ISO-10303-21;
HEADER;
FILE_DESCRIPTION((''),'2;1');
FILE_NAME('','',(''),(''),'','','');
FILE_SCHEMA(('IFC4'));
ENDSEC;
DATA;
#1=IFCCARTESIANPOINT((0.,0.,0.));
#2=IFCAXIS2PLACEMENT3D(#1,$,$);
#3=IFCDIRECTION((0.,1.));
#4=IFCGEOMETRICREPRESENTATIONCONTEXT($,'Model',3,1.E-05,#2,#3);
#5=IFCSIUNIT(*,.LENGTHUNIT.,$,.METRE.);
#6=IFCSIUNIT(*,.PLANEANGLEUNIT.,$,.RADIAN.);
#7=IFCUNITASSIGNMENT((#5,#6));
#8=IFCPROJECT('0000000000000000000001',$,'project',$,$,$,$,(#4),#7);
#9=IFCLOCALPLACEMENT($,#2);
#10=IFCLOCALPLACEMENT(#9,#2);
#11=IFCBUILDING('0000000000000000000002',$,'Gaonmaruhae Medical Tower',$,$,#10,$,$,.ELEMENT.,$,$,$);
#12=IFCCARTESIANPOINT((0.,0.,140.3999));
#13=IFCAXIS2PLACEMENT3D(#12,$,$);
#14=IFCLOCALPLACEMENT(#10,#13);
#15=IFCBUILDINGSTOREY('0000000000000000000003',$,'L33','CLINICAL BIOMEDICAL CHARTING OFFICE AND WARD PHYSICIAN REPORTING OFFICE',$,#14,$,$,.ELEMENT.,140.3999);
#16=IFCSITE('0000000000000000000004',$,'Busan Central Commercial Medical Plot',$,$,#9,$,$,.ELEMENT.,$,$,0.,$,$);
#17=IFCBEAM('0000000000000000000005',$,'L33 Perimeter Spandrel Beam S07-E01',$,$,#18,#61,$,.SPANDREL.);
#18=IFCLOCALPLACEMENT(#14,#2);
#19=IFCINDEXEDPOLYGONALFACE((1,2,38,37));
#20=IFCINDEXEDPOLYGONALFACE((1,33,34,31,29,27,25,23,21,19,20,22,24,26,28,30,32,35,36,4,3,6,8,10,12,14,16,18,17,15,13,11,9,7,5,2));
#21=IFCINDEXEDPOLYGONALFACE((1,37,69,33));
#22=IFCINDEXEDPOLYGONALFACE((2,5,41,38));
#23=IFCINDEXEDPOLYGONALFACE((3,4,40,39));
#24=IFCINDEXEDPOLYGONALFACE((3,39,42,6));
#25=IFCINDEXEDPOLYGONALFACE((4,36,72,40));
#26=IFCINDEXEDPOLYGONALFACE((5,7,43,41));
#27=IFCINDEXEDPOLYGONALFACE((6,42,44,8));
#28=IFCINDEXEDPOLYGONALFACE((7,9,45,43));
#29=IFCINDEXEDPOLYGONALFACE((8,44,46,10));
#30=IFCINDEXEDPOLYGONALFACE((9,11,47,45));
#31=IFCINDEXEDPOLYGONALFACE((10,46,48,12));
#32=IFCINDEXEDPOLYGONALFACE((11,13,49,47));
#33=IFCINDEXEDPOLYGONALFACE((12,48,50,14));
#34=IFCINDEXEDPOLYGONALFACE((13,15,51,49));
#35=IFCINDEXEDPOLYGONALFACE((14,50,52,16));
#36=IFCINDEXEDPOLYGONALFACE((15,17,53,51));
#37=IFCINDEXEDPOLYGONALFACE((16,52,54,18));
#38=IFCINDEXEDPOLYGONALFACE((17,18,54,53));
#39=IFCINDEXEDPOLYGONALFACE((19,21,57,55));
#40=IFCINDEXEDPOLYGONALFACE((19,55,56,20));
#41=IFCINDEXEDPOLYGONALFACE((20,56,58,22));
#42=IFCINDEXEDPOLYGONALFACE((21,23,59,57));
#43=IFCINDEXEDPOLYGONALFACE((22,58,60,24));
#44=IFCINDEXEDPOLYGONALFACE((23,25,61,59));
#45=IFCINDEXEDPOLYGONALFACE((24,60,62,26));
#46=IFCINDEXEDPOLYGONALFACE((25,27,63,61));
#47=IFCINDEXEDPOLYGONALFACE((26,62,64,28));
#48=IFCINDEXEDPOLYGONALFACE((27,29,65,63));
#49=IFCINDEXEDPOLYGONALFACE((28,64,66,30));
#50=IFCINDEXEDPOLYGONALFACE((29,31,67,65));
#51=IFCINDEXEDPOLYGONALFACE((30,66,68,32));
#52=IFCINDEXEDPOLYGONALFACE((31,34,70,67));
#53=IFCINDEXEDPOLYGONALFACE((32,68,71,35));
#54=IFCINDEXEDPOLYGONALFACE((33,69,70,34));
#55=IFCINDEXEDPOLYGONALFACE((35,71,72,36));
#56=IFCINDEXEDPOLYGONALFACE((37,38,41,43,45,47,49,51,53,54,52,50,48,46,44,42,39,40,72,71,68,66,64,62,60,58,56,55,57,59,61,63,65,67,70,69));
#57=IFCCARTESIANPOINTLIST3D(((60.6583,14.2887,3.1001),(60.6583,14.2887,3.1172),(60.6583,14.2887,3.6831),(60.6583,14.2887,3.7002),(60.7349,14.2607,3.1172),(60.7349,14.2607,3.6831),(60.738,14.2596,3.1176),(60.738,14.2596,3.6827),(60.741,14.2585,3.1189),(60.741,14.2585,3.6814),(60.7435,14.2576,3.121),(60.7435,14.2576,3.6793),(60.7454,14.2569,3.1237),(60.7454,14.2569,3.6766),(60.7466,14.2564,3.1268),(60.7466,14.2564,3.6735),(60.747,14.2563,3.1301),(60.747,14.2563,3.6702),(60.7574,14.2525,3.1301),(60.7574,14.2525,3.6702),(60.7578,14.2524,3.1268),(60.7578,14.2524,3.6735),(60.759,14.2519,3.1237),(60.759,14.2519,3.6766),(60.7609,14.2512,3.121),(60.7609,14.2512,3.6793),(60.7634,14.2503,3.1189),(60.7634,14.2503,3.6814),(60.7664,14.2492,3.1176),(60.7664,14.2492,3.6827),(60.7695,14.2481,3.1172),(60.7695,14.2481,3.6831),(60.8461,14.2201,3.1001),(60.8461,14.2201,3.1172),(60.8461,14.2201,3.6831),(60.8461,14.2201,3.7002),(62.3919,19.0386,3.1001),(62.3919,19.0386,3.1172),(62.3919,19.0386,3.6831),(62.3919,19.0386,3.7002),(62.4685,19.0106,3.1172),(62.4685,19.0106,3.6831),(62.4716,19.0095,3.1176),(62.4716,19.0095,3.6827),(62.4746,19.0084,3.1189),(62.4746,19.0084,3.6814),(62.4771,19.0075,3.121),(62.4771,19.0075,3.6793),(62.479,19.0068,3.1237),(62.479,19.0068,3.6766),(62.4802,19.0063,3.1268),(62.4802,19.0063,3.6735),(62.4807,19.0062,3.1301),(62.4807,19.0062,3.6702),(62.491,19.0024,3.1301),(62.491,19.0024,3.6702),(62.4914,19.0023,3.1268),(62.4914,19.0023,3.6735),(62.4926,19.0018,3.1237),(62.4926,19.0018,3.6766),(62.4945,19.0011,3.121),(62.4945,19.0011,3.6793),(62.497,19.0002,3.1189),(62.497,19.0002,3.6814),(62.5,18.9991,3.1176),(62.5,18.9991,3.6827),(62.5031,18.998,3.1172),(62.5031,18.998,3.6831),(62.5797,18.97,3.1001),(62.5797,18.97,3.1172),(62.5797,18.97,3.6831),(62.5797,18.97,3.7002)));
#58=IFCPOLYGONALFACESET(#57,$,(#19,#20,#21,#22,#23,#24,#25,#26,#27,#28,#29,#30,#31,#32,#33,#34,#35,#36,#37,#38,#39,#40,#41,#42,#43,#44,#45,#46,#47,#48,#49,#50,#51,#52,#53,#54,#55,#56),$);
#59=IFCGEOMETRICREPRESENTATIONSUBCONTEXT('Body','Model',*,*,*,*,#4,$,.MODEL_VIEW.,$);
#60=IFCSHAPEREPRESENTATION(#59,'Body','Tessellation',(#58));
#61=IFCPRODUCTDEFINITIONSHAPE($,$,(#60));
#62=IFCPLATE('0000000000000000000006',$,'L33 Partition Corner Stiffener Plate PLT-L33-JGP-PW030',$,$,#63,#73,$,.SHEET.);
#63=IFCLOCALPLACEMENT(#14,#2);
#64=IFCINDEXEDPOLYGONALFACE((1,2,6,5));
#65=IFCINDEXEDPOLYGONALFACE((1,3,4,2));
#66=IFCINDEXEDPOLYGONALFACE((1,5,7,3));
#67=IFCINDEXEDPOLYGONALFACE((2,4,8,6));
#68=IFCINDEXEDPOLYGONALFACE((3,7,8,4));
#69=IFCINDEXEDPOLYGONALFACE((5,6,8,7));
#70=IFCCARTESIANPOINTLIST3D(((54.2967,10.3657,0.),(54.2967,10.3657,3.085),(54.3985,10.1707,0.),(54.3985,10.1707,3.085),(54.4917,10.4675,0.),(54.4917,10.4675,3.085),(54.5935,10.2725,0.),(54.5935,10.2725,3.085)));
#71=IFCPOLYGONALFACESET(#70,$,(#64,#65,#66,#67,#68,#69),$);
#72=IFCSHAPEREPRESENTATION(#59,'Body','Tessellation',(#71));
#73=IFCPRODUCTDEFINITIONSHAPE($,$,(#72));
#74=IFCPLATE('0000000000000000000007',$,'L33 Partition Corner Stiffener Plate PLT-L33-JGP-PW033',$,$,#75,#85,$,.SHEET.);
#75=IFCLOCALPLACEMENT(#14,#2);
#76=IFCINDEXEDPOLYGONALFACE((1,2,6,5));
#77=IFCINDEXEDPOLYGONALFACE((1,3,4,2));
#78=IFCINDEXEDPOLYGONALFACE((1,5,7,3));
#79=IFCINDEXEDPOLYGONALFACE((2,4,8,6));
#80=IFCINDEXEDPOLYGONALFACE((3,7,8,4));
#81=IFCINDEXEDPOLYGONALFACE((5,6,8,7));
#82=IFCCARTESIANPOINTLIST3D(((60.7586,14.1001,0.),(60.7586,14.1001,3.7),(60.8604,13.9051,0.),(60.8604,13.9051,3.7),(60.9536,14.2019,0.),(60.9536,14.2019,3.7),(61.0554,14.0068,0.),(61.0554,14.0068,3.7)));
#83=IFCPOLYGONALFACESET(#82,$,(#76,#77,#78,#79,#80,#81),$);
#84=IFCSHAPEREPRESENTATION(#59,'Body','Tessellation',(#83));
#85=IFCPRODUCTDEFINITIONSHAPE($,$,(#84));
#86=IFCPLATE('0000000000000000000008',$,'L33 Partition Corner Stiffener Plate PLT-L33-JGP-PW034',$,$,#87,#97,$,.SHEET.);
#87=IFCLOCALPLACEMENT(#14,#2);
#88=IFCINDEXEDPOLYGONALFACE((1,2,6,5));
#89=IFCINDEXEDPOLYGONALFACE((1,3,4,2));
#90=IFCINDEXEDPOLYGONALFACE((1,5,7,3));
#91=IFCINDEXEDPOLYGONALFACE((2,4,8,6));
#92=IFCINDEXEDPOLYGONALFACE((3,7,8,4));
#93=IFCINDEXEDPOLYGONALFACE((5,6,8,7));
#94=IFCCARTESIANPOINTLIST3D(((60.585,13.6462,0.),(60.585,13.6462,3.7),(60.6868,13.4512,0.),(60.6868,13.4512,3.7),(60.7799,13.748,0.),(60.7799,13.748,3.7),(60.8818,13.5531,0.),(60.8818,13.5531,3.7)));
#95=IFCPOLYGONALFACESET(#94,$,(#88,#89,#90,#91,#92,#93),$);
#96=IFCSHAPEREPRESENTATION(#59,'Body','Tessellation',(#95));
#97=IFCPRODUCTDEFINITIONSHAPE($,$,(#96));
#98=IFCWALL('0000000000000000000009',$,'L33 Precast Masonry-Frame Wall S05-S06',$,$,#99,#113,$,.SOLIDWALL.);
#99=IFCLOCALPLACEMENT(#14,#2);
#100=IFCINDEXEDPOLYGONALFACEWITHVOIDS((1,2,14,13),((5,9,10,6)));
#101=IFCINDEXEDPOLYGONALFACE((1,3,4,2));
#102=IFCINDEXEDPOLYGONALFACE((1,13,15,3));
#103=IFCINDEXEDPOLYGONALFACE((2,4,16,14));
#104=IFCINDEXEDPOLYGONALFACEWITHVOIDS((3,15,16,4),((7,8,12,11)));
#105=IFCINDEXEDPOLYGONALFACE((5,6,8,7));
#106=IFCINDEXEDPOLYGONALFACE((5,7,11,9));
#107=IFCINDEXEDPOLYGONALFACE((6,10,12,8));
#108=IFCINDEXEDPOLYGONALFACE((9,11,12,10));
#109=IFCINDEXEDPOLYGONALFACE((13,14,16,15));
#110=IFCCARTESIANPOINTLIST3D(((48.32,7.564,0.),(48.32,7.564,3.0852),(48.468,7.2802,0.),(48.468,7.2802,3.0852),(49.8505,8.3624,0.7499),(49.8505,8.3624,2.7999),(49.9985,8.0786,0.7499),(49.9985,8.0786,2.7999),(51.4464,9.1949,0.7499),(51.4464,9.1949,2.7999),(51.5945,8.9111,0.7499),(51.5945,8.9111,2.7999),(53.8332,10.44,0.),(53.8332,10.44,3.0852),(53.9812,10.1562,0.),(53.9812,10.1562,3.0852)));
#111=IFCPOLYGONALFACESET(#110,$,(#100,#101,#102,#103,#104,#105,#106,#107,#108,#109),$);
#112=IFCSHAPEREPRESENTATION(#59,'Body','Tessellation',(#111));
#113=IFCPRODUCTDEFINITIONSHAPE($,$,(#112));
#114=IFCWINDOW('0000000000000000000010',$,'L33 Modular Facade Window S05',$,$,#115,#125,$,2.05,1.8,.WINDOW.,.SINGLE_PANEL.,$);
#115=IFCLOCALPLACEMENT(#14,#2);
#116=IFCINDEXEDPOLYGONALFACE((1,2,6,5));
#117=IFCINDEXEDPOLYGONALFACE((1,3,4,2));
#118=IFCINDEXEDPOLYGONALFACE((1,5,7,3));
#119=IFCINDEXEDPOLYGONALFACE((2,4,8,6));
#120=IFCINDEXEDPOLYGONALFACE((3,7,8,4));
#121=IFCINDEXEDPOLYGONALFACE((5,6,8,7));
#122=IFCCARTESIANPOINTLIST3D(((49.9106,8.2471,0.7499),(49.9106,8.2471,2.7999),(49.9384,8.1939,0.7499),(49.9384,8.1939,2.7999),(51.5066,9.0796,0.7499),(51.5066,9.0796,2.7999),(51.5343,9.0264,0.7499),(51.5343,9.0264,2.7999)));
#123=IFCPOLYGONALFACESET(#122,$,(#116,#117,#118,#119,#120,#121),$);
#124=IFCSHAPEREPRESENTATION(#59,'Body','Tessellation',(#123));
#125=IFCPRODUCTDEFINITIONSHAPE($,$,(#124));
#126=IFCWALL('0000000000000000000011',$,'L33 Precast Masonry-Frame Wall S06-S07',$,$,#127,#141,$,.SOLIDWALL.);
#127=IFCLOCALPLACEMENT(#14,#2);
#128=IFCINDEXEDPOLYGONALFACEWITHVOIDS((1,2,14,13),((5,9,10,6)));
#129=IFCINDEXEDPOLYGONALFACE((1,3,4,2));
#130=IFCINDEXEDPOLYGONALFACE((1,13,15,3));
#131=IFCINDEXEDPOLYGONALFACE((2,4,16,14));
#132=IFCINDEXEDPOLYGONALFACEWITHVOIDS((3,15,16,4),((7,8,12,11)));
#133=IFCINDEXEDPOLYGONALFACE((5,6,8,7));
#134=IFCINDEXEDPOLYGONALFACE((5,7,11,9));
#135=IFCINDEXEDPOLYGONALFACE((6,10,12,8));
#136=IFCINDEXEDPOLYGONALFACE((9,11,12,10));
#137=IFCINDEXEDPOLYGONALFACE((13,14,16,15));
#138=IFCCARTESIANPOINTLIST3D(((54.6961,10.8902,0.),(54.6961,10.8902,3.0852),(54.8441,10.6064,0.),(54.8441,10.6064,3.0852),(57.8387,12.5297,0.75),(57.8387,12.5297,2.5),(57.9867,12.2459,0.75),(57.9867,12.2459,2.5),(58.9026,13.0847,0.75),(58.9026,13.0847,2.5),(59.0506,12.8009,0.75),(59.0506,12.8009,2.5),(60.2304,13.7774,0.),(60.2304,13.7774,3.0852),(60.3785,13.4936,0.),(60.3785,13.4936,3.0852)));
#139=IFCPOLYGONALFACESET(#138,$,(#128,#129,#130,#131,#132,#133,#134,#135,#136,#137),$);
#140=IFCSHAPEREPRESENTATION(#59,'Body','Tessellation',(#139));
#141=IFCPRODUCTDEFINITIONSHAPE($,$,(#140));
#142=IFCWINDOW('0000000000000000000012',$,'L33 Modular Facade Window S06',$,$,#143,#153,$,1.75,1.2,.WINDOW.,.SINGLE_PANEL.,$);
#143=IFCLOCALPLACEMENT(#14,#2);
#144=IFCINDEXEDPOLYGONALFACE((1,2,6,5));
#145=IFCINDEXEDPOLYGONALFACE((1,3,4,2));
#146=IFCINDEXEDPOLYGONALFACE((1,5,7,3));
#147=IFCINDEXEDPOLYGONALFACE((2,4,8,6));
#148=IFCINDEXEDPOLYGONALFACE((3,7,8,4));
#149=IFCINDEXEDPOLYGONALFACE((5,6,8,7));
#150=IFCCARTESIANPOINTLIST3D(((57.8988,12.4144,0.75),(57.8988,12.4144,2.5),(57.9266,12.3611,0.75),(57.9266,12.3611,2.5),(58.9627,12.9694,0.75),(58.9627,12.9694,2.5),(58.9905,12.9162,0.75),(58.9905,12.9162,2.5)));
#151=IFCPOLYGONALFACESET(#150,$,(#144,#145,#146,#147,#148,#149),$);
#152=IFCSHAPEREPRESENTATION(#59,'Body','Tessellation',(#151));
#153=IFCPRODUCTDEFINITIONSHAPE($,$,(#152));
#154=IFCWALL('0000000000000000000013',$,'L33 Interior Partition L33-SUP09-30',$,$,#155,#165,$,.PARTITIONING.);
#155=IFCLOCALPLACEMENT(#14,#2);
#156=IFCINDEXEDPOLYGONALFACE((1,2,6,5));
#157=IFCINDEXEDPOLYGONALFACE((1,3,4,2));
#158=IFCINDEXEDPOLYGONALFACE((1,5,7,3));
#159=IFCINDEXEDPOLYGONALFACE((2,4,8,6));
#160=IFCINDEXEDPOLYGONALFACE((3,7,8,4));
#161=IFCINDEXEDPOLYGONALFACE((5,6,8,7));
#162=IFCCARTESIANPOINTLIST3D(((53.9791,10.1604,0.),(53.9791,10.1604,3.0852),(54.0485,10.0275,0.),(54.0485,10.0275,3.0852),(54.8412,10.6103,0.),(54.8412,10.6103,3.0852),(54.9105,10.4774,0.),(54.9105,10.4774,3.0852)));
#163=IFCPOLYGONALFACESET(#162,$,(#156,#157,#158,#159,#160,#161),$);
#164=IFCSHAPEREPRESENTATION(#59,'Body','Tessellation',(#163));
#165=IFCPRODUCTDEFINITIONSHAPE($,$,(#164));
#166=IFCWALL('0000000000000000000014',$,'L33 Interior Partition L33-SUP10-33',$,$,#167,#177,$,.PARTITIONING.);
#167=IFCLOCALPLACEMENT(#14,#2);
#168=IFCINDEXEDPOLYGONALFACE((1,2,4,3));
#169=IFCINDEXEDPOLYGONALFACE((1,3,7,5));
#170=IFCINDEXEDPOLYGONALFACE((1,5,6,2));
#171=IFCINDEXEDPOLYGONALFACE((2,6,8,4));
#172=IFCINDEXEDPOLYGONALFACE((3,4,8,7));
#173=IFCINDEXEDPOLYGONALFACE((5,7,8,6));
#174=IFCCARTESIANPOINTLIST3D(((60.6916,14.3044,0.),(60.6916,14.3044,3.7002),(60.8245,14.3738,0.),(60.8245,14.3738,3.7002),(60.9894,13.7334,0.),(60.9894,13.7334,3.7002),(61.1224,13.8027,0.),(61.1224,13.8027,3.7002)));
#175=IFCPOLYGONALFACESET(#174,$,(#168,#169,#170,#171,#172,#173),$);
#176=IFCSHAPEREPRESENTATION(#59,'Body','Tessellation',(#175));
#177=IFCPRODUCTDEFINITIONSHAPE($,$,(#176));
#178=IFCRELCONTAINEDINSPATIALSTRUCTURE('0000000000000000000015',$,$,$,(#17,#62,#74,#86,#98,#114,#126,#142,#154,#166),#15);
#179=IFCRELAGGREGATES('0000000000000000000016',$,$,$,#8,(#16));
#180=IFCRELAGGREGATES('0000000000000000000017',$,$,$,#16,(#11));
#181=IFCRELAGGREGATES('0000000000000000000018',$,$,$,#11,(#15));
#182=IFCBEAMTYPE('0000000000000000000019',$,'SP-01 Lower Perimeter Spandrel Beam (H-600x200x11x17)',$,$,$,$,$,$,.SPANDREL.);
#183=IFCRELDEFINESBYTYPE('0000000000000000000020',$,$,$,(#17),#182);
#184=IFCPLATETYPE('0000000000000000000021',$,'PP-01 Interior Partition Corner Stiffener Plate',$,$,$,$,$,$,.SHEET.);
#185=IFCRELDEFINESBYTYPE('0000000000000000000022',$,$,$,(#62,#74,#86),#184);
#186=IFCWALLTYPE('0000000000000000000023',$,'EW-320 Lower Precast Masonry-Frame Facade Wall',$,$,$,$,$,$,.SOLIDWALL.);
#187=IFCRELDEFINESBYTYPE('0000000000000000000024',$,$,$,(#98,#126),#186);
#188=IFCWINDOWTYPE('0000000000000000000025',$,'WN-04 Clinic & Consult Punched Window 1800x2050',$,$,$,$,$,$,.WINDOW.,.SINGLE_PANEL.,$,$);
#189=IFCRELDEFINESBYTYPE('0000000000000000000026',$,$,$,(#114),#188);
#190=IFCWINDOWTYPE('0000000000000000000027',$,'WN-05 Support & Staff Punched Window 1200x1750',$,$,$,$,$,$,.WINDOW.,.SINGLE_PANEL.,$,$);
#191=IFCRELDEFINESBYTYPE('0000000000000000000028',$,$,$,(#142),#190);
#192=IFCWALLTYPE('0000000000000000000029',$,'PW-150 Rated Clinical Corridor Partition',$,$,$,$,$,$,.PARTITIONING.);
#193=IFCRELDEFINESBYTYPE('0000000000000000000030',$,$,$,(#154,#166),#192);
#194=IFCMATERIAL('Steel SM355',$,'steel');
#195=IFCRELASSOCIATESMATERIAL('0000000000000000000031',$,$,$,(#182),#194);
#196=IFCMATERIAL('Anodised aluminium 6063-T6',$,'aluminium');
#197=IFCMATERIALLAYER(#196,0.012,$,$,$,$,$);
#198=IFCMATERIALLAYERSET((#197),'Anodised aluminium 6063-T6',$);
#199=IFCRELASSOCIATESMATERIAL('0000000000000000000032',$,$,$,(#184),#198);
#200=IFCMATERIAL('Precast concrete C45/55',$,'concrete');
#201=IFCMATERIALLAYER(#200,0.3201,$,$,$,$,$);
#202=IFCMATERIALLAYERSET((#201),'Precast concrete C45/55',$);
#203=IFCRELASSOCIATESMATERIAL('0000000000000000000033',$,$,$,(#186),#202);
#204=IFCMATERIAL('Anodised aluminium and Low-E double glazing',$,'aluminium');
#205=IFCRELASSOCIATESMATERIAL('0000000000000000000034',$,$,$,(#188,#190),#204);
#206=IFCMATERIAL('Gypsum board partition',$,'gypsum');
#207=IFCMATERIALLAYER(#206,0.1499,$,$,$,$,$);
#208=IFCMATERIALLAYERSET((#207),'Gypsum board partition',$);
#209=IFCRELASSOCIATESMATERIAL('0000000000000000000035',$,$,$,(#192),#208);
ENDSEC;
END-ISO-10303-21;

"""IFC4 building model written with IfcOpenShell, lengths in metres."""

from ifc_helpers import new_model, si_unit, direction, frame, frame_2d, origin, origin_2d, place, context, subcontext, project, spatial, rectangle, i_section, extrude, material, layer, layer_set, material_profile, profile_set, type_object, element, fill, save


model = new_model("IFC4")

# Units and contexts
model_context = context("Model", 3, precision=1e-05, world=origin(), true_north=direction((0.0, 1.0)))
body_context = subcontext(model_context, "Body", "Model", "MODEL_VIEW")
ifc_project = project(units=[si_unit("LENGTHUNIT", "METRE"), si_unit("PLANEANGLEUNIT", "RADIAN")], contexts=[model_context])

# Site, building, storey
site_placement = place(None, origin())
site = spatial("IfcSite", under=ifc_project, at=site_placement, Name="Busan Central Commercial Medical Plot", CompositionType="ELEMENT", RefElevation=0.0)
building_placement = place(site_placement, origin())
building = spatial("IfcBuilding", under=site, at=building_placement, Name="Gaonmaruhae Medical Tower", CompositionType="ELEMENT")
storey_placement = place(building_placement, frame((0.0, 0.0, 140.3999)))
storey = spatial("IfcBuildingStorey", under=building, at=storey_placement, Name="L33", Description="CLINICAL BIOMEDICAL CHARTING OFFICE AND WARD PHYSICIAN REPORTING OFFICE", CompositionType="ELEMENT", Elevation=140.3999)

# Beam
ifc_material_1 = material(Name="Steel SM355", Category="steel")
ifc_material_profile_1 = material_profile(ifc_material_1, i_section(OverallWidth=0.2, OverallDepth=0.6001, WebThickness=0.011, FlangeThickness=0.0171, FilletRadius=0.0129, at=origin_2d()), Name="H-600x200x11x17")
ifc_profile_set_1 = profile_set([ifc_material_profile_1], Name="Steel SM355")
beam_type_1 = type_object("IfcBeamType", Name="SP-01 Lower Perimeter Spandrel Beam (H-600x200x11x17)", PredefinedType="SPANDREL", material=ifc_profile_set_1)
beam_1_placement = place(storey_placement, frame((60.7522, 14.2544, 3.4001), z_axis=(0.342855, 0.939388, 0.0), x_axis=(-0.939388, 0.342855, 0.0)))
element("IfcBeam", 1, at=beam_1_placement, inside=storey, type_object=beam_type_1, Name="L33 Perimeter Spandrel Beam S07-E01", PredefinedType="SPANDREL", context=body_context, shape_type="SweptSolid", body=[
    extrude(i_section(OverallWidth=0.2, OverallDepth=0.6001, WebThickness=0.011, FlangeThickness=0.0171, FilletRadius=0.0129, at=origin_2d()), origin(), (0.0, 0.0, 1.0), 5.0564),
])

# Plates
ifc_material_2 = material(Name="Anodised aluminium 6063-T6", Category="aluminium")
ifc_layer_1 = layer(ifc_material_2, 0.012)
ifc_layer_set_1 = layer_set([ifc_layer_1], Name="Anodised aluminium 6063-T6")
plate_type = type_object("IfcPlateType", Name="PP-01 Interior Partition Corner Stiffener Plate", PredefinedType="SHEET", material=ifc_layer_set_1)
plate_placement = place(storey_placement, frame((54.4451, 10.3191, 0.0), z_axis=(0.0, 0.0, 1.0), x_axis=(-0.886478, -0.46277, 0.0)))
element("IfcPlate", 2, at=plate_placement, inside=storey, type_object=plate_type, Name="L33 Partition Corner Stiffener Plate PLT-L33-JGP-PW030", PredefinedType="SHEET", context=body_context, shape_type="SweptSolid", body=[
    extrude(rectangle(XDim=0.22, YDim=0.22, at=origin_2d()), origin(), (0.0, 0.0, 1.0), 3.085),
])
for number, where, z_axis, x_axis, name in (
    (3, (60.907, 14.0535, 0.0), (0.0, 0.0, 1.0), (0.462677, -0.886527, 0.0), "L33 Partition Corner Stiffener Plate PLT-L33-JGP-PW033"),
    (4, (60.7334, 13.5996, 0.0), (0.0, 0.0, 1.0), (-0.886317, -0.463079, 0.0), "L33 Partition Corner Stiffener Plate PLT-L33-JGP-PW034"),
):
    element("IfcPlate", number, at=place(storey_placement, frame(where, z_axis=z_axis, x_axis=x_axis)), inside=storey, type_object=plate_type, Name=name, PredefinedType="SHEET", context=body_context, shape_type="SweptSolid", body=[
        extrude(rectangle(XDim=0.22, YDim=0.22, at=origin_2d()), origin(), (0.0, 0.0, 1.0), 3.7),
    ])

# Walls, openings, windows
ifc_material_3 = material(Name="Precast concrete C45/55", Category="concrete")
ifc_layer_2 = layer(ifc_material_3, 0.3201)
ifc_layer_set_2 = layer_set([ifc_layer_2], Name="Precast concrete C45/55")
wall_type_1 = type_object("IfcWallType", Name="EW-320 Lower Precast Masonry-Frame Facade Wall", PredefinedType="SOLIDWALL", material=ifc_layer_set_2)
wall_1_placement = place(storey_placement, frame((53.9072, 10.2981, 0.0), z_axis=(0.0, 0.0, 1.0), x_axis=(-0.886616, -0.462507, 0.0)))
wall_1 = element("IfcWall", 5, at=wall_1_placement, inside=storey, type_object=wall_type_1, Name="L33 Precast Masonry-Frame Wall S05-S06", PredefinedType="SOLIDWALL", context=body_context, shape_type="SweptSolid", body=[
    extrude(rectangle(XDim=6.2183, YDim=0.3201, at=frame_2d((3.1091, 0.0))), origin(), (0.0, 0.0, 1.0), 3.0852),
])
opening_1_placement = place(wall_1_placement, frame((2.6921, 0.0, 0.75)))
opening_1 = element("IfcOpeningElement", 6, at=opening_1_placement, cuts=wall_1, PredefinedType="OPENING", context=body_context, shape_type="SweptSolid", body=[
    extrude(rectangle(XDim=1.8, YDim=2.05, at=frame_2d((0.8999, 1.0249))), frame((0.0, 0.1699, 0.0), z_axis=(0.0, -1.0, 0.0), x_axis=(1.0, 0.0, 0.0)), (0.0, 0.0, 1.0), 0.3401),
])
ifc_material_4 = material(Name="Anodised aluminium and Low-E double glazing", Category="aluminium")
window_type_1 = type_object("IfcWindowType", Name="WN-04 Clinic & Consult Punched Window 1800x2050", PartitioningType="SINGLE_PANEL", PredefinedType="WINDOW", material=ifc_material_4)
window_1_placement = place(opening_1_placement, origin())
window_1 = element("IfcWindow", 7, at=window_1_placement, inside=storey, type_object=window_type_1, Name="L33 Modular Facade Window S05", OverallHeight=2.05, OverallWidth=1.8, PartitioningType="SINGLE_PANEL", PredefinedType="WINDOW", context=body_context, shape_type="SweptSolid", body=[
    extrude(rectangle(XDim=1.8, YDim=2.05, at=frame_2d((0.8999, 1.0249))), frame((0.0, 0.03, 0.0), z_axis=(0.0, -1.0, 0.0), x_axis=(1.0, 0.0, 0.0)), (0.0, 0.0, 1.0), 0.0601),
])
fill(opening_1, window_1)
wall_2_placement = place(storey_placement, frame((60.3044, 13.6355, 0.0), z_axis=(0.0, 0.0, 1.0), x_axis=(-0.886606, -0.462526, 0.0)))
wall_2 = element("IfcWall", 8, at=wall_2_placement, inside=storey, type_object=wall_type_1, Name="L33 Precast Masonry-Frame Wall S06-S07", PredefinedType="SOLIDWALL", context=body_context, shape_type="SweptSolid", body=[
    extrude(rectangle(XDim=6.2422, YDim=0.3201, at=frame_2d((3.1211, 0.0))), origin(), (0.0, 0.0, 1.0), 3.0852),
])
opening_2_placement = place(wall_2_placement, frame((1.4976, 0.0, 0.75)))
opening_2 = element("IfcOpeningElement", 9, at=opening_2_placement, cuts=wall_2, PredefinedType="OPENING", context=body_context, shape_type="SweptSolid", body=[
    extrude(rectangle(XDim=1.2, YDim=1.75, at=frame_2d((0.6001, 0.875))), frame((0.0, 0.1699, 0.0), z_axis=(0.0, -1.0, 0.0), x_axis=(1.0, 0.0, 0.0)), (0.0, 0.0, 1.0), 0.3401),
])
window_type_2 = type_object("IfcWindowType", Name="WN-05 Support & Staff Punched Window 1200x1750", PartitioningType="SINGLE_PANEL", PredefinedType="WINDOW", material=ifc_material_4)
window_2_placement = place(opening_2_placement, origin())
window_2 = element("IfcWindow", 10, at=window_2_placement, inside=storey, type_object=window_type_2, Name="L33 Modular Facade Window S06", OverallHeight=1.75, OverallWidth=1.2, PartitioningType="SINGLE_PANEL", PredefinedType="WINDOW", context=body_context, shape_type="SweptSolid", body=[
    extrude(rectangle(XDim=1.2, YDim=1.75, at=frame_2d((0.6001, 0.875))), frame((0.0, 0.03, 0.0), z_axis=(0.0, -1.0, 0.0), x_axis=(1.0, 0.0, 0.0)), (0.0, 0.0, 1.0), 0.0601),
])
fill(opening_2, window_2)

# Walls
ifc_material_5 = material(Name="Gypsum board partition", Category="gypsum")
ifc_layer_3 = layer(ifc_material_5, 0.1499)
ifc_layer_set_3 = layer_set([ifc_layer_3], Name="Gypsum board partition")
wall_type_2 = type_object("IfcWallType", Name="PW-150 Rated Clinical Corridor Partition", PredefinedType="PARTITIONING", material=ifc_layer_set_3)
wall_3_placement = place(storey_placement, frame((54.876, 10.5439, 0.0), z_axis=(0.0, 0.0, 1.0), x_axis=(-0.886509, -0.462712, 0.0)))
element("IfcWall", 11, at=wall_3_placement, inside=storey, type_object=wall_type_2, Name="L33 Interior Partition L33-SUP09-30", PredefinedType="PARTITIONING", context=body_context, shape_type="SweptSolid", body=[
    extrude(rectangle(XDim=0.9724, YDim=0.1499, at=frame_2d((0.4863, 0.0))), origin(), (0.0, 0.0, 1.0), 3.0852),
])
wall_4_placement = place(storey_placement, frame((60.7581, 14.3391, 0.0), z_axis=(0.0, 0.0, 1.0), x_axis=(0.462462, -0.886639, 0.0)))
element("IfcWall", 12, at=wall_4_placement, inside=storey, type_object=wall_type_2, Name="L33 Interior Partition L33-SUP10-33", PredefinedType="PARTITIONING", context=body_context, shape_type="SweptSolid", body=[
    extrude(rectangle(XDim=0.644, YDim=0.1499, at=frame_2d((0.322, 0.0))), origin(), (0.0, 0.0, 1.0), 3.7002),
])

save(model, "model.ifc")
